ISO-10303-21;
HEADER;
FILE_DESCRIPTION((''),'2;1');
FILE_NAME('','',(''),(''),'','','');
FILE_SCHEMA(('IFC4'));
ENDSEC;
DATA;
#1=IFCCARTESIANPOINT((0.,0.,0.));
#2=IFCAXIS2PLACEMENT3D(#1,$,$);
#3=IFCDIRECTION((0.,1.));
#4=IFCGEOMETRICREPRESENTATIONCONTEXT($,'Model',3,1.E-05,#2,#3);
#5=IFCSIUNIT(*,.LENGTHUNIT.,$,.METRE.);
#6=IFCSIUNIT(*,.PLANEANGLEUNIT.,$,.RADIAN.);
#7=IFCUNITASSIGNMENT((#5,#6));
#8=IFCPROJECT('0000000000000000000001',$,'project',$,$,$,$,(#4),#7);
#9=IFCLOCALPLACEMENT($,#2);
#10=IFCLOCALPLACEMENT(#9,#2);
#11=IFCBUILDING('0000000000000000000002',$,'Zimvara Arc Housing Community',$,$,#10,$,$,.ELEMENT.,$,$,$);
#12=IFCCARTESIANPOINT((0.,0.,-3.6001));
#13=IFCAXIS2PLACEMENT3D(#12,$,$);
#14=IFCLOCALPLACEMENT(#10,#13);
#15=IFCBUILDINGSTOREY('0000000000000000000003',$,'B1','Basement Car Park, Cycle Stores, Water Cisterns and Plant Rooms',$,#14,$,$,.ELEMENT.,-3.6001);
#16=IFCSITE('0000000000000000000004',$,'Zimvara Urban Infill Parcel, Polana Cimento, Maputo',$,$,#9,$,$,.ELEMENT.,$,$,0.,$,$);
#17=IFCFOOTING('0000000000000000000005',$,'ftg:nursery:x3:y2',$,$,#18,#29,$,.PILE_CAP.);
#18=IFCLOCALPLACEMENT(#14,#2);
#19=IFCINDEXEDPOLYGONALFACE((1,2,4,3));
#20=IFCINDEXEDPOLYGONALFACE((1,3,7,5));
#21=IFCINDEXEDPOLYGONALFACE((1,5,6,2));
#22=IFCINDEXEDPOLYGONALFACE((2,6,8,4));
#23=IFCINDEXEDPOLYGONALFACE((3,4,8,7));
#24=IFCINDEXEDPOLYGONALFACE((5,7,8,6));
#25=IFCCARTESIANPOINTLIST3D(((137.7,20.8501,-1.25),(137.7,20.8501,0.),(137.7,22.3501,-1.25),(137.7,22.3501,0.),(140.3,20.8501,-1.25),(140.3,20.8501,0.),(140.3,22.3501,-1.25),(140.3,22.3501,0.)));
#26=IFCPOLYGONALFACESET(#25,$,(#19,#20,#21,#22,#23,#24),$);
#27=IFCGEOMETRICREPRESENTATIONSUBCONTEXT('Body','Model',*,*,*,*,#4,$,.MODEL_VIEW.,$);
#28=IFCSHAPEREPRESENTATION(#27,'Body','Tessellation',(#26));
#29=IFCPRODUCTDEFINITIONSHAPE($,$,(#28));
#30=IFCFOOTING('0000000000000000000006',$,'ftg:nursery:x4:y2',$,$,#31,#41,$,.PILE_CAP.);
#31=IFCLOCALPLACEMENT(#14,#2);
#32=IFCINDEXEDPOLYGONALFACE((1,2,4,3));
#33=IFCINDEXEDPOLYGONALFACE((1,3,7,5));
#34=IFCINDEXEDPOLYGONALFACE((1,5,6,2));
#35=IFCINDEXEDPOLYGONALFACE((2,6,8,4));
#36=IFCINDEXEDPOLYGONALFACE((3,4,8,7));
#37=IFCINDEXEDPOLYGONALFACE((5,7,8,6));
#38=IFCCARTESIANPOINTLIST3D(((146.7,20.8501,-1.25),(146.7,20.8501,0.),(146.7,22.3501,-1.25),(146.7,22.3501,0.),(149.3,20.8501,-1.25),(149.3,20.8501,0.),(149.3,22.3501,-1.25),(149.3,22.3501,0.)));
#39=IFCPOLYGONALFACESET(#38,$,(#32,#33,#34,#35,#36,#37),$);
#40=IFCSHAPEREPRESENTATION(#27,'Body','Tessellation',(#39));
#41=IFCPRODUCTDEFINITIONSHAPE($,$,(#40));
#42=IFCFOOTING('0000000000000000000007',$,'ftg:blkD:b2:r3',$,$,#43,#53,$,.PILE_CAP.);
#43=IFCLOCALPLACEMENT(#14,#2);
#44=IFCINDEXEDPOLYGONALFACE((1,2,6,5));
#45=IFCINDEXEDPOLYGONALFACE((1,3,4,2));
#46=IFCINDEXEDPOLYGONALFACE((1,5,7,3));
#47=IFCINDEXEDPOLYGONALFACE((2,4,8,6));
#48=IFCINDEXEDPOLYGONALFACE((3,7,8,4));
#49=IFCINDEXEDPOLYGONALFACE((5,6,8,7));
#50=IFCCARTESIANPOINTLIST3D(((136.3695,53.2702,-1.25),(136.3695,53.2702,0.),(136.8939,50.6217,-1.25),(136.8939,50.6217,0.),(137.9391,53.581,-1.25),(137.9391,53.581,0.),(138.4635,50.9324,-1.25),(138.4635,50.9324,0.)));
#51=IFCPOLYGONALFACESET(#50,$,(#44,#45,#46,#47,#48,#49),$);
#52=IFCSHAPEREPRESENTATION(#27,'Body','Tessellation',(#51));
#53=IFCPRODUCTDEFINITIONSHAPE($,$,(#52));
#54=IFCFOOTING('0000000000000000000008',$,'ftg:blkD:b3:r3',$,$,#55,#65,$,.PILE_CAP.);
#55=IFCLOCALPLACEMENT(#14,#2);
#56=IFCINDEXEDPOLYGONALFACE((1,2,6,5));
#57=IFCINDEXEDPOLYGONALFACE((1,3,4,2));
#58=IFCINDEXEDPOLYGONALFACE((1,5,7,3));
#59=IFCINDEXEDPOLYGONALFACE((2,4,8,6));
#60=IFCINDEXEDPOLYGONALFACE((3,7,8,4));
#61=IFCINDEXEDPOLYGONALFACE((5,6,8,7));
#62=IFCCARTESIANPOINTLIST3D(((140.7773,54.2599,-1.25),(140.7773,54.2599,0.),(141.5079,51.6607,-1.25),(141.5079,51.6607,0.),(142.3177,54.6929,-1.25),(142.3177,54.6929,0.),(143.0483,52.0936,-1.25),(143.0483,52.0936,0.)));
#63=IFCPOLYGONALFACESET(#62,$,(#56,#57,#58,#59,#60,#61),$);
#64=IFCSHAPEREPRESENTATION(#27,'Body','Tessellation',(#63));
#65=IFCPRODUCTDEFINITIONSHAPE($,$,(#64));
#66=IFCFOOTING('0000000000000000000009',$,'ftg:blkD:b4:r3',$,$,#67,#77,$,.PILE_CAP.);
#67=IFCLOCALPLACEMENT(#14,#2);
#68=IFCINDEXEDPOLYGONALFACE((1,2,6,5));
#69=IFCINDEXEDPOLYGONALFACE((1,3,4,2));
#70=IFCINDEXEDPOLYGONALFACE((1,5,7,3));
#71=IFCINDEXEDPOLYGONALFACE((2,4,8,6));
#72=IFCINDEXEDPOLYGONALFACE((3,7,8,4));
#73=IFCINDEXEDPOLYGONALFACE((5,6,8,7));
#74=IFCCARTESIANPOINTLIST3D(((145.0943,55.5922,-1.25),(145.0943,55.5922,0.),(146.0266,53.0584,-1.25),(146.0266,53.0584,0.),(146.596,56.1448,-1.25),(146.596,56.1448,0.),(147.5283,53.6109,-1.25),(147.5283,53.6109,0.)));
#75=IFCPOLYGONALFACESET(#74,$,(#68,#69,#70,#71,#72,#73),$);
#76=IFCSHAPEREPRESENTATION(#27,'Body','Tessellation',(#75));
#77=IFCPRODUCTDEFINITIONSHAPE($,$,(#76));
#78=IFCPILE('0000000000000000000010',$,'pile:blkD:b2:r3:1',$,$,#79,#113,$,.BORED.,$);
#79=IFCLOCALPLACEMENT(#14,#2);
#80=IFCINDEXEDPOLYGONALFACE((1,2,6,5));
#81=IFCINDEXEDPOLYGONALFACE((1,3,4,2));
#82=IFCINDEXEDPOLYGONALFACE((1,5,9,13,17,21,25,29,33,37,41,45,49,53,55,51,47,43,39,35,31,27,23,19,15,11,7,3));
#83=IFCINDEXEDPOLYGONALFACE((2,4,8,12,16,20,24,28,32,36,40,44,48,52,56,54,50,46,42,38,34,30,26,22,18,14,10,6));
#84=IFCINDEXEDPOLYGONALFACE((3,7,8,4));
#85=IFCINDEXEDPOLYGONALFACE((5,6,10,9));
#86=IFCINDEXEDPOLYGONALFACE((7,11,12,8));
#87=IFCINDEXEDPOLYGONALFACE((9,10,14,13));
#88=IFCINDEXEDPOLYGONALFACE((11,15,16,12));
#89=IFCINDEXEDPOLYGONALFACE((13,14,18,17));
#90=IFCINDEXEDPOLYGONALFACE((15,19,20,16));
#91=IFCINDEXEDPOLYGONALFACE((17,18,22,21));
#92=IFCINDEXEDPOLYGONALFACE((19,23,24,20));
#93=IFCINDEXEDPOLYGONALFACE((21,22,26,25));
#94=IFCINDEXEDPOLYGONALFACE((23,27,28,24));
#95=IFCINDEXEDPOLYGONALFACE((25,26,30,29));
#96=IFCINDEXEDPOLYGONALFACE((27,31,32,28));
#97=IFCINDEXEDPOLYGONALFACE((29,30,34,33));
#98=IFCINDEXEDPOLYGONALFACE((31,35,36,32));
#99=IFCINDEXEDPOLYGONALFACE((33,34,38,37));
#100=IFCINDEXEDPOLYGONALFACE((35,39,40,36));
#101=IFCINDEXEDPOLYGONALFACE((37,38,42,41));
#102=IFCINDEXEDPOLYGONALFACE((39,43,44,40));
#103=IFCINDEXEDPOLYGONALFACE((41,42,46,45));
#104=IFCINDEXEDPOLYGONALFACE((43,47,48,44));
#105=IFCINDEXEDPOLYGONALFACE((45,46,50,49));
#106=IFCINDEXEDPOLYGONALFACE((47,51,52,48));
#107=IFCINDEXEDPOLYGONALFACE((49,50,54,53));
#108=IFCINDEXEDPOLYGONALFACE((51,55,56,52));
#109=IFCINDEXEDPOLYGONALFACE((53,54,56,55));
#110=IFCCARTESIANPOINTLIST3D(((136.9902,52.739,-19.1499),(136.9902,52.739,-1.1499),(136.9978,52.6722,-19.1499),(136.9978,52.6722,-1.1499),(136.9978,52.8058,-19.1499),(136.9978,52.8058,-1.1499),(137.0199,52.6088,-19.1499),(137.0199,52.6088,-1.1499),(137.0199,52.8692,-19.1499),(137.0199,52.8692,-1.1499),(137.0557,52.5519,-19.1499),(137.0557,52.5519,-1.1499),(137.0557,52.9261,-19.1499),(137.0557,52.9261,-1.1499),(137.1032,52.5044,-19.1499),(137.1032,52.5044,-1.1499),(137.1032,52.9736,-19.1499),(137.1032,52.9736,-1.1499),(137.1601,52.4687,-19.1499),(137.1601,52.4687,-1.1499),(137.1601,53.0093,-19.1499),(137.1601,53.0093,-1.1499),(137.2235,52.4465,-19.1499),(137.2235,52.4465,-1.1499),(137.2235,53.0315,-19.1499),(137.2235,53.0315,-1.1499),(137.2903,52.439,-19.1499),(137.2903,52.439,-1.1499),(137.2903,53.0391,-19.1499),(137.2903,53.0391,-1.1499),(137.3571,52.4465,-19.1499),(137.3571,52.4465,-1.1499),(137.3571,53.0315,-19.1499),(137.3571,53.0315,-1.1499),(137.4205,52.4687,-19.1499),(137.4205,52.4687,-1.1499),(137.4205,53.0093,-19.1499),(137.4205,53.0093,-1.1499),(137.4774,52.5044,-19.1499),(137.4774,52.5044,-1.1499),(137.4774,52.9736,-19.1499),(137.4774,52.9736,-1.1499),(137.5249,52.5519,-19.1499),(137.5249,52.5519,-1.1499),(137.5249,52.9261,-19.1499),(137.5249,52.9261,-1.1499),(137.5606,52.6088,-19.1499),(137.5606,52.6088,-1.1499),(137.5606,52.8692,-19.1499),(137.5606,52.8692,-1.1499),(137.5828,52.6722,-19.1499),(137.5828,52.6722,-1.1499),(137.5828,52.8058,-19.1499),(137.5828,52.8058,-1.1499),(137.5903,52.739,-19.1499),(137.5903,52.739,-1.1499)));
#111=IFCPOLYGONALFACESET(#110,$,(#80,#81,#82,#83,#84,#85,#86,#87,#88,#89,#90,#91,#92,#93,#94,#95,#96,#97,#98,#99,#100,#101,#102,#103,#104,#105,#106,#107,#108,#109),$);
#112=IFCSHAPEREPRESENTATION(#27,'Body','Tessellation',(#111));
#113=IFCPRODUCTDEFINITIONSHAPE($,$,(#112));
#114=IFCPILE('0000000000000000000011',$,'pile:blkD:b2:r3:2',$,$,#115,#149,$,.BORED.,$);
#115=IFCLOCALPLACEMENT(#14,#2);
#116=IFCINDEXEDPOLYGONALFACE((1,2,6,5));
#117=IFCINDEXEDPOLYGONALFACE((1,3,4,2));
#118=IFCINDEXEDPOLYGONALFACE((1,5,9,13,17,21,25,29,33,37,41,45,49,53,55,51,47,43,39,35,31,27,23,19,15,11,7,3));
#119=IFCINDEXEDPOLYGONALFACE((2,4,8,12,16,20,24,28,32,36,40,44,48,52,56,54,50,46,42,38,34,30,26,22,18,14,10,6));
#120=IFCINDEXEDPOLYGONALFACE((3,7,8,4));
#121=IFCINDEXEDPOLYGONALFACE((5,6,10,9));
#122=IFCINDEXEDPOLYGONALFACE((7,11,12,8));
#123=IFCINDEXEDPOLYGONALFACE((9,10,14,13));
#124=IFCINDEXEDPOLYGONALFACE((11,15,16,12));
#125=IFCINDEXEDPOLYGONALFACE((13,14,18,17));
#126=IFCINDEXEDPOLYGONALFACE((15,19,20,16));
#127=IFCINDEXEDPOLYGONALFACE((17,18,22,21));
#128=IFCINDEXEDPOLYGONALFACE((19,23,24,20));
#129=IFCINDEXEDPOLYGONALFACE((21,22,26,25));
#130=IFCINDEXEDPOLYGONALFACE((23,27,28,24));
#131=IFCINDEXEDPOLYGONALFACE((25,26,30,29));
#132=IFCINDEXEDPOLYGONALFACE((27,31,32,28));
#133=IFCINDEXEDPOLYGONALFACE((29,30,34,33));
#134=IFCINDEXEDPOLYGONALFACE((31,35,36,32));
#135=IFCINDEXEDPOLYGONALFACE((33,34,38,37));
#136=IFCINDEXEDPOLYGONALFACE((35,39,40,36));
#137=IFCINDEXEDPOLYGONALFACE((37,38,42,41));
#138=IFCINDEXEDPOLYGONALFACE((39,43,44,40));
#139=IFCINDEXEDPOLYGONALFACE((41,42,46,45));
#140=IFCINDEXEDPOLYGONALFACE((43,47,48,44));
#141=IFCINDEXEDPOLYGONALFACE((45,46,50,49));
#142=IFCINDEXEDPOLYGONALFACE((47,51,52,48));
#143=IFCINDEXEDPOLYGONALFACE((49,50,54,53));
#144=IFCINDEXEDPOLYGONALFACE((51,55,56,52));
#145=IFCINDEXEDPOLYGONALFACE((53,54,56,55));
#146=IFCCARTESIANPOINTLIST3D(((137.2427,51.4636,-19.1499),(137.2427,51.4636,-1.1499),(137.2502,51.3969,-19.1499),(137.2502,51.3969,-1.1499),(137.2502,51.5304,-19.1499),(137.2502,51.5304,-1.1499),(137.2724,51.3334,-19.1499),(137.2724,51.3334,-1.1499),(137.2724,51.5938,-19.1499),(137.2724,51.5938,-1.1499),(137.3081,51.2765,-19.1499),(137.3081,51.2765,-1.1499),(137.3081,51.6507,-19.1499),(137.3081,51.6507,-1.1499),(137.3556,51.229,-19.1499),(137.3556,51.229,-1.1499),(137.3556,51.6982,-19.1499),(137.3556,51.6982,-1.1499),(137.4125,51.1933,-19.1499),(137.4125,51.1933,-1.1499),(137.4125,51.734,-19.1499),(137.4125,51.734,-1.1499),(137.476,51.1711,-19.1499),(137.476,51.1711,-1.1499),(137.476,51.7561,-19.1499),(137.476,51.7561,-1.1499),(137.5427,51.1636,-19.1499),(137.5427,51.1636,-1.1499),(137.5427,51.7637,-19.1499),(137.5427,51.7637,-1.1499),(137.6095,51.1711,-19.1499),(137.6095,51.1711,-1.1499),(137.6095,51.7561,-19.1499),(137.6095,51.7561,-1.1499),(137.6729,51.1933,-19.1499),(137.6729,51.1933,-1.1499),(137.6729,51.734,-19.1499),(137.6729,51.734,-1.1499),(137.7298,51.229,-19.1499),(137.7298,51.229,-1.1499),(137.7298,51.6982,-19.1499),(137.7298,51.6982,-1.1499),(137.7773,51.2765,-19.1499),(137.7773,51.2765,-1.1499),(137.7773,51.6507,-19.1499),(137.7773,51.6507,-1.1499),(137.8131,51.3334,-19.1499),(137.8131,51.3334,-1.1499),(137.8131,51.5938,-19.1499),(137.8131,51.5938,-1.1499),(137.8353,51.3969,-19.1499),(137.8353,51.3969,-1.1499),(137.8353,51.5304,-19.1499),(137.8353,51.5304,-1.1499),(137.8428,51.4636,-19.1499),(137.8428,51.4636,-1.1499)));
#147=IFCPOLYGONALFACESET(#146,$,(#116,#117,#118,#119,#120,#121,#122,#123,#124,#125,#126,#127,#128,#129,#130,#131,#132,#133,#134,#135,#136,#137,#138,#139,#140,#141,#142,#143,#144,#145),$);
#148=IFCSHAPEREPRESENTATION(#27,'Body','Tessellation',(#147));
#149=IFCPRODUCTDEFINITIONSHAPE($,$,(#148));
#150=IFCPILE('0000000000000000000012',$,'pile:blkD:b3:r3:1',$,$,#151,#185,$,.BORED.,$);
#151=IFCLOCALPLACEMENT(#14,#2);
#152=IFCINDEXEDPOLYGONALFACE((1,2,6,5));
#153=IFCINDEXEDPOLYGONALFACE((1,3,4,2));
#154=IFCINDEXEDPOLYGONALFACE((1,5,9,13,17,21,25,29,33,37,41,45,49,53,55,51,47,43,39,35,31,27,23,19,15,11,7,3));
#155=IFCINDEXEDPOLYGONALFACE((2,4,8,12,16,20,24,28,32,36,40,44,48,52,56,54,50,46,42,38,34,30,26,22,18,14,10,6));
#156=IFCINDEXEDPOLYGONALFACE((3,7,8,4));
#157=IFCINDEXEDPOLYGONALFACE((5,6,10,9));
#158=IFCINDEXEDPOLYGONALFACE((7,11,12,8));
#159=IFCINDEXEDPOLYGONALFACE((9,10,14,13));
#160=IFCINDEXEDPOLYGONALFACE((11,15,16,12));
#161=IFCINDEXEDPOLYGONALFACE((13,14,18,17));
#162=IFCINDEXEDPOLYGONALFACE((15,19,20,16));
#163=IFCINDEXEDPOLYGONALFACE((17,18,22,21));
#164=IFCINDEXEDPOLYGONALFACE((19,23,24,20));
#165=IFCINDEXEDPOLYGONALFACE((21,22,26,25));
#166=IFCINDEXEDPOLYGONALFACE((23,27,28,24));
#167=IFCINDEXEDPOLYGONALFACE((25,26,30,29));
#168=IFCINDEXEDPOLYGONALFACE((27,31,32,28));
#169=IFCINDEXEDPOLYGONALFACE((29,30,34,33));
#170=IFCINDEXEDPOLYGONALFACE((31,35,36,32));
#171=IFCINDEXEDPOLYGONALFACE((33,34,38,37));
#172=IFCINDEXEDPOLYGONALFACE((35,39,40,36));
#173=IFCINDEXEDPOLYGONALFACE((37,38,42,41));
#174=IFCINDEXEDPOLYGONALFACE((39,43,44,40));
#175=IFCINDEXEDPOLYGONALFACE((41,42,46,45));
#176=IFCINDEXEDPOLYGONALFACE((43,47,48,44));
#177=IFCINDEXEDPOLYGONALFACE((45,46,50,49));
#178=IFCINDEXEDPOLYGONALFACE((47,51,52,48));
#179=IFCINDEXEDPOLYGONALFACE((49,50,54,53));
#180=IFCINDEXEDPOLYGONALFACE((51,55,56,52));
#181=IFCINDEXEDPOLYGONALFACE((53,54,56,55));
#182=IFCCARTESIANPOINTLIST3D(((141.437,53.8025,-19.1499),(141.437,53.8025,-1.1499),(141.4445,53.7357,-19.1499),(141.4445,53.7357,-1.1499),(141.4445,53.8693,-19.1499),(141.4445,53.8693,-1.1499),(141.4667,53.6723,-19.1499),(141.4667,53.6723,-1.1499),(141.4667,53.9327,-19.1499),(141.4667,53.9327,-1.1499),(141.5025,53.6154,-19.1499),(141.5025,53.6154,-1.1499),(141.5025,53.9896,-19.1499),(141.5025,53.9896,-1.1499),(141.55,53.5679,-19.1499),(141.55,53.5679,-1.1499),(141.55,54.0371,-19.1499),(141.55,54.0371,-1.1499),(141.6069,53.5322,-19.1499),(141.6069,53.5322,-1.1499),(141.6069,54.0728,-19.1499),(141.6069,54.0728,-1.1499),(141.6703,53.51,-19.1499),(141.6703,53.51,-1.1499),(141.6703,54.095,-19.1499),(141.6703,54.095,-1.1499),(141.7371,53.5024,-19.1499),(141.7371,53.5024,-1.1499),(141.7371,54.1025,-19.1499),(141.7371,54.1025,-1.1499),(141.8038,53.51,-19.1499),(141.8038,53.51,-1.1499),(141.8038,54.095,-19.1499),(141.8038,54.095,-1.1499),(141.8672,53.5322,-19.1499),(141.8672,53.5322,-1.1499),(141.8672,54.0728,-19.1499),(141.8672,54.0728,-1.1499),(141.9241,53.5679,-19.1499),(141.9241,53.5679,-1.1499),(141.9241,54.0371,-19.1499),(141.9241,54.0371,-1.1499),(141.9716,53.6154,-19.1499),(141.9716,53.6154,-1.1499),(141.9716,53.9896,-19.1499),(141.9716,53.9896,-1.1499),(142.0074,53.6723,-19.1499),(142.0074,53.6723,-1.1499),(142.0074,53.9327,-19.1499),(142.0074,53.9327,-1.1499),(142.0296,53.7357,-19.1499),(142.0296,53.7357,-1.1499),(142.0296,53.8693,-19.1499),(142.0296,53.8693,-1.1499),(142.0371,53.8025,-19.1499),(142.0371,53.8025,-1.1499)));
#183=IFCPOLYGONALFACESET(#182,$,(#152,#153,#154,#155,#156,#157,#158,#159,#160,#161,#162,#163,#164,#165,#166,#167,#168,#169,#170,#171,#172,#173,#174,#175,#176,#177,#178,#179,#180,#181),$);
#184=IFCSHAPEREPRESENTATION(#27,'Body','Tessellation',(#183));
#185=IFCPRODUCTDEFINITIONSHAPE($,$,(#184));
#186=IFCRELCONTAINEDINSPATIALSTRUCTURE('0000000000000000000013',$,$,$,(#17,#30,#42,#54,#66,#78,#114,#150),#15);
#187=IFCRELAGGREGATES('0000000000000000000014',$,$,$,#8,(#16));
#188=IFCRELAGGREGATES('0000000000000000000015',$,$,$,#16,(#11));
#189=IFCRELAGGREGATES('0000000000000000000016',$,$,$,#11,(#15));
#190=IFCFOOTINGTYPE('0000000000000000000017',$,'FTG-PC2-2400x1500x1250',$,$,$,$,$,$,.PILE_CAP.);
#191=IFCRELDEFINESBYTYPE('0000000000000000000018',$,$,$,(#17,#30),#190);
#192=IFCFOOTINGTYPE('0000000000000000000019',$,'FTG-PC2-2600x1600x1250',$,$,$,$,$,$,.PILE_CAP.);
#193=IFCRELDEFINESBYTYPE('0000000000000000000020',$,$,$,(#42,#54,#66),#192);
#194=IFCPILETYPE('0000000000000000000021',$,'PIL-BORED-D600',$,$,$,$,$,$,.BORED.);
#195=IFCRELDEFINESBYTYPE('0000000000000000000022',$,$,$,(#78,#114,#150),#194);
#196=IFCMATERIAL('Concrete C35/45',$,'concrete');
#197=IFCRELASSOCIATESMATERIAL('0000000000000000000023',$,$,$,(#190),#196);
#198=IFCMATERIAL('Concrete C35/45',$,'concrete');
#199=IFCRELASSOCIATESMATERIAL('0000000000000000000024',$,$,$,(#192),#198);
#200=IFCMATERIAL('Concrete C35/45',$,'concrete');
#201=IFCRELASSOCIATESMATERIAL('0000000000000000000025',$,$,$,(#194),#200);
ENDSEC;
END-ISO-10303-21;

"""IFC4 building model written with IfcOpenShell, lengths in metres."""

from ifc_helpers import new_model, si_unit, direction, frame, origin, origin_2d, place, context, subcontext, project, spatial, rectangle, circle, extrude, material, material_profile, profile_set, type_object, element, save


model = new_model("IFC4")

# Units and contexts
model_context = context("Model", 3, precision=1e-05, world=origin(), true_north=direction((0.0, 1.0)))
body_context = subcontext(model_context, "Body", "Model", "MODEL_VIEW")
ifc_project = project(units=[si_unit("LENGTHUNIT", "METRE"), si_unit("PLANEANGLEUNIT", "RADIAN")], contexts=[model_context])

# Site, building, storey
site_placement = place(None, origin())
site = spatial("IfcSite", under=ifc_project, at=site_placement, Name="Zimvara Urban Infill Parcel, Polana Cimento, Maputo", CompositionType="ELEMENT", RefElevation=0.0)
building_placement = place(site_placement, origin())
building = spatial("IfcBuilding", under=site, at=building_placement, Name="Zimvara Arc Housing Community", CompositionType="ELEMENT")
storey_placement = place(building_placement, frame((0.0, 0.0, -3.6001)))
storey = spatial("IfcBuildingStorey", under=building, at=storey_placement, Name="B1", Description="Basement Car Park, Cycle Stores, Water Cisterns and Plant Rooms", CompositionType="ELEMENT", Elevation=-3.6001)

# Footings
ifc_material_1 = material(Name="Concrete C35/45", Category="concrete")
footing_type_1 = type_object("IfcFootingType", Name="FTG-PC2-2400x1500x1250", PredefinedType="PILE_CAP", material=ifc_material_1)
for number, where, z_axis, x_axis, name in (
    (1, (139.0, 21.6001, -1.25), (0.0, 0.0, 1.0), (1.0, 0.0, 0.0), "ftg:nursery:x3:y2"),
    (2, (148.0, 21.6001, -1.25), (0.0, 0.0, 1.0), (1.0, 0.0, 0.0), "ftg:nursery:x4:y2"),
):
    element("IfcFooting", number, at=place(storey_placement, frame(where, z_axis=z_axis, x_axis=x_axis)), inside=storey, type_object=footing_type_1, Name=name, PredefinedType="PILE_CAP", context=body_context, shape_type="SweptSolid", body=[
        extrude(rectangle(XDim=2.6001, YDim=1.5, at=origin_2d()), origin(), (0.0, 0.0, 1.0), 1.25),
    ])
ifc_material_2 = material(Name="Concrete C35/45", Category="concrete")
footing_type_2 = type_object("IfcFootingType", Name="FTG-PC2-2600x1600x1250", PredefinedType="PILE_CAP", material=ifc_material_2)
for number, where, z_axis, x_axis, name in (
    (3, (137.4165, 52.1013, -1.25), (0.0, 0.0, 1.0), (0.194234, -0.980955, 0.0), "ftg:blkD:b2:r3"),
    (4, (141.9128, 53.1768, -1.25), (0.0, 0.0, 1.0), (0.2706, -0.962692, 0.0), "ftg:blkD:b3:r3"),
    (5, (146.3113, 54.6016, -1.25), (0.0, 0.0, 1.0), (0.345298, -0.938493, 0.0), "ftg:blkD:b4:r3"),
):
    element("IfcFooting", number, at=place(storey_placement, frame(where, z_axis=z_axis, x_axis=x_axis)), inside=storey, type_object=footing_type_2, Name=name, PredefinedType="PILE_CAP", context=body_context, shape_type="SweptSolid", body=[
        extrude(rectangle(XDim=2.7, YDim=1.6001, at=origin_2d()), origin(), (0.0, 0.0, 1.0), 1.25),
    ])

# Piles
ifc_material_3 = material(Name="Concrete C35/45", Category="concrete")
ifc_material_profile_1 = material_profile(ifc_material_3, circle(Radius=0.3, at=origin_2d()), Name="PILE D600")
ifc_profile_set_1 = profile_set([ifc_material_profile_1], Name="Concrete C35/45")
pile_type = type_object("IfcPileType", Name="PIL-BORED-D600", PredefinedType="BORED", material=ifc_profile_set_1)
for number, where, z_axis, x_axis, name in (
    (6, (137.2903, 52.739, -1.1499), (0.0, 0.0, -1.0), (1.0, 0.0, 0.0), "pile:blkD:b2:r3:1"),
    (7, (137.5427, 51.4636, -1.1499), (0.0, 0.0, -1.0), (1.0, 0.0, 0.0), "pile:blkD:b2:r3:2"),
    (8, (141.7371, 53.8025, -1.1499), (0.0, 0.0, -1.0), (1.0, 0.0, 0.0), "pile:blkD:b3:r3:1"),
):
    element("IfcPile", number, at=place(storey_placement, frame(where, z_axis=z_axis, x_axis=x_axis)), inside=storey, type_object=pile_type, Name=name, PredefinedType="BORED", context=body_context, shape_type="SweptSolid", body=[
        extrude(circle(Radius=0.3, at=origin_2d()), origin(), (0.0, 0.0, 1.0), 18.0),
    ])

save(model, "model.ifc")
